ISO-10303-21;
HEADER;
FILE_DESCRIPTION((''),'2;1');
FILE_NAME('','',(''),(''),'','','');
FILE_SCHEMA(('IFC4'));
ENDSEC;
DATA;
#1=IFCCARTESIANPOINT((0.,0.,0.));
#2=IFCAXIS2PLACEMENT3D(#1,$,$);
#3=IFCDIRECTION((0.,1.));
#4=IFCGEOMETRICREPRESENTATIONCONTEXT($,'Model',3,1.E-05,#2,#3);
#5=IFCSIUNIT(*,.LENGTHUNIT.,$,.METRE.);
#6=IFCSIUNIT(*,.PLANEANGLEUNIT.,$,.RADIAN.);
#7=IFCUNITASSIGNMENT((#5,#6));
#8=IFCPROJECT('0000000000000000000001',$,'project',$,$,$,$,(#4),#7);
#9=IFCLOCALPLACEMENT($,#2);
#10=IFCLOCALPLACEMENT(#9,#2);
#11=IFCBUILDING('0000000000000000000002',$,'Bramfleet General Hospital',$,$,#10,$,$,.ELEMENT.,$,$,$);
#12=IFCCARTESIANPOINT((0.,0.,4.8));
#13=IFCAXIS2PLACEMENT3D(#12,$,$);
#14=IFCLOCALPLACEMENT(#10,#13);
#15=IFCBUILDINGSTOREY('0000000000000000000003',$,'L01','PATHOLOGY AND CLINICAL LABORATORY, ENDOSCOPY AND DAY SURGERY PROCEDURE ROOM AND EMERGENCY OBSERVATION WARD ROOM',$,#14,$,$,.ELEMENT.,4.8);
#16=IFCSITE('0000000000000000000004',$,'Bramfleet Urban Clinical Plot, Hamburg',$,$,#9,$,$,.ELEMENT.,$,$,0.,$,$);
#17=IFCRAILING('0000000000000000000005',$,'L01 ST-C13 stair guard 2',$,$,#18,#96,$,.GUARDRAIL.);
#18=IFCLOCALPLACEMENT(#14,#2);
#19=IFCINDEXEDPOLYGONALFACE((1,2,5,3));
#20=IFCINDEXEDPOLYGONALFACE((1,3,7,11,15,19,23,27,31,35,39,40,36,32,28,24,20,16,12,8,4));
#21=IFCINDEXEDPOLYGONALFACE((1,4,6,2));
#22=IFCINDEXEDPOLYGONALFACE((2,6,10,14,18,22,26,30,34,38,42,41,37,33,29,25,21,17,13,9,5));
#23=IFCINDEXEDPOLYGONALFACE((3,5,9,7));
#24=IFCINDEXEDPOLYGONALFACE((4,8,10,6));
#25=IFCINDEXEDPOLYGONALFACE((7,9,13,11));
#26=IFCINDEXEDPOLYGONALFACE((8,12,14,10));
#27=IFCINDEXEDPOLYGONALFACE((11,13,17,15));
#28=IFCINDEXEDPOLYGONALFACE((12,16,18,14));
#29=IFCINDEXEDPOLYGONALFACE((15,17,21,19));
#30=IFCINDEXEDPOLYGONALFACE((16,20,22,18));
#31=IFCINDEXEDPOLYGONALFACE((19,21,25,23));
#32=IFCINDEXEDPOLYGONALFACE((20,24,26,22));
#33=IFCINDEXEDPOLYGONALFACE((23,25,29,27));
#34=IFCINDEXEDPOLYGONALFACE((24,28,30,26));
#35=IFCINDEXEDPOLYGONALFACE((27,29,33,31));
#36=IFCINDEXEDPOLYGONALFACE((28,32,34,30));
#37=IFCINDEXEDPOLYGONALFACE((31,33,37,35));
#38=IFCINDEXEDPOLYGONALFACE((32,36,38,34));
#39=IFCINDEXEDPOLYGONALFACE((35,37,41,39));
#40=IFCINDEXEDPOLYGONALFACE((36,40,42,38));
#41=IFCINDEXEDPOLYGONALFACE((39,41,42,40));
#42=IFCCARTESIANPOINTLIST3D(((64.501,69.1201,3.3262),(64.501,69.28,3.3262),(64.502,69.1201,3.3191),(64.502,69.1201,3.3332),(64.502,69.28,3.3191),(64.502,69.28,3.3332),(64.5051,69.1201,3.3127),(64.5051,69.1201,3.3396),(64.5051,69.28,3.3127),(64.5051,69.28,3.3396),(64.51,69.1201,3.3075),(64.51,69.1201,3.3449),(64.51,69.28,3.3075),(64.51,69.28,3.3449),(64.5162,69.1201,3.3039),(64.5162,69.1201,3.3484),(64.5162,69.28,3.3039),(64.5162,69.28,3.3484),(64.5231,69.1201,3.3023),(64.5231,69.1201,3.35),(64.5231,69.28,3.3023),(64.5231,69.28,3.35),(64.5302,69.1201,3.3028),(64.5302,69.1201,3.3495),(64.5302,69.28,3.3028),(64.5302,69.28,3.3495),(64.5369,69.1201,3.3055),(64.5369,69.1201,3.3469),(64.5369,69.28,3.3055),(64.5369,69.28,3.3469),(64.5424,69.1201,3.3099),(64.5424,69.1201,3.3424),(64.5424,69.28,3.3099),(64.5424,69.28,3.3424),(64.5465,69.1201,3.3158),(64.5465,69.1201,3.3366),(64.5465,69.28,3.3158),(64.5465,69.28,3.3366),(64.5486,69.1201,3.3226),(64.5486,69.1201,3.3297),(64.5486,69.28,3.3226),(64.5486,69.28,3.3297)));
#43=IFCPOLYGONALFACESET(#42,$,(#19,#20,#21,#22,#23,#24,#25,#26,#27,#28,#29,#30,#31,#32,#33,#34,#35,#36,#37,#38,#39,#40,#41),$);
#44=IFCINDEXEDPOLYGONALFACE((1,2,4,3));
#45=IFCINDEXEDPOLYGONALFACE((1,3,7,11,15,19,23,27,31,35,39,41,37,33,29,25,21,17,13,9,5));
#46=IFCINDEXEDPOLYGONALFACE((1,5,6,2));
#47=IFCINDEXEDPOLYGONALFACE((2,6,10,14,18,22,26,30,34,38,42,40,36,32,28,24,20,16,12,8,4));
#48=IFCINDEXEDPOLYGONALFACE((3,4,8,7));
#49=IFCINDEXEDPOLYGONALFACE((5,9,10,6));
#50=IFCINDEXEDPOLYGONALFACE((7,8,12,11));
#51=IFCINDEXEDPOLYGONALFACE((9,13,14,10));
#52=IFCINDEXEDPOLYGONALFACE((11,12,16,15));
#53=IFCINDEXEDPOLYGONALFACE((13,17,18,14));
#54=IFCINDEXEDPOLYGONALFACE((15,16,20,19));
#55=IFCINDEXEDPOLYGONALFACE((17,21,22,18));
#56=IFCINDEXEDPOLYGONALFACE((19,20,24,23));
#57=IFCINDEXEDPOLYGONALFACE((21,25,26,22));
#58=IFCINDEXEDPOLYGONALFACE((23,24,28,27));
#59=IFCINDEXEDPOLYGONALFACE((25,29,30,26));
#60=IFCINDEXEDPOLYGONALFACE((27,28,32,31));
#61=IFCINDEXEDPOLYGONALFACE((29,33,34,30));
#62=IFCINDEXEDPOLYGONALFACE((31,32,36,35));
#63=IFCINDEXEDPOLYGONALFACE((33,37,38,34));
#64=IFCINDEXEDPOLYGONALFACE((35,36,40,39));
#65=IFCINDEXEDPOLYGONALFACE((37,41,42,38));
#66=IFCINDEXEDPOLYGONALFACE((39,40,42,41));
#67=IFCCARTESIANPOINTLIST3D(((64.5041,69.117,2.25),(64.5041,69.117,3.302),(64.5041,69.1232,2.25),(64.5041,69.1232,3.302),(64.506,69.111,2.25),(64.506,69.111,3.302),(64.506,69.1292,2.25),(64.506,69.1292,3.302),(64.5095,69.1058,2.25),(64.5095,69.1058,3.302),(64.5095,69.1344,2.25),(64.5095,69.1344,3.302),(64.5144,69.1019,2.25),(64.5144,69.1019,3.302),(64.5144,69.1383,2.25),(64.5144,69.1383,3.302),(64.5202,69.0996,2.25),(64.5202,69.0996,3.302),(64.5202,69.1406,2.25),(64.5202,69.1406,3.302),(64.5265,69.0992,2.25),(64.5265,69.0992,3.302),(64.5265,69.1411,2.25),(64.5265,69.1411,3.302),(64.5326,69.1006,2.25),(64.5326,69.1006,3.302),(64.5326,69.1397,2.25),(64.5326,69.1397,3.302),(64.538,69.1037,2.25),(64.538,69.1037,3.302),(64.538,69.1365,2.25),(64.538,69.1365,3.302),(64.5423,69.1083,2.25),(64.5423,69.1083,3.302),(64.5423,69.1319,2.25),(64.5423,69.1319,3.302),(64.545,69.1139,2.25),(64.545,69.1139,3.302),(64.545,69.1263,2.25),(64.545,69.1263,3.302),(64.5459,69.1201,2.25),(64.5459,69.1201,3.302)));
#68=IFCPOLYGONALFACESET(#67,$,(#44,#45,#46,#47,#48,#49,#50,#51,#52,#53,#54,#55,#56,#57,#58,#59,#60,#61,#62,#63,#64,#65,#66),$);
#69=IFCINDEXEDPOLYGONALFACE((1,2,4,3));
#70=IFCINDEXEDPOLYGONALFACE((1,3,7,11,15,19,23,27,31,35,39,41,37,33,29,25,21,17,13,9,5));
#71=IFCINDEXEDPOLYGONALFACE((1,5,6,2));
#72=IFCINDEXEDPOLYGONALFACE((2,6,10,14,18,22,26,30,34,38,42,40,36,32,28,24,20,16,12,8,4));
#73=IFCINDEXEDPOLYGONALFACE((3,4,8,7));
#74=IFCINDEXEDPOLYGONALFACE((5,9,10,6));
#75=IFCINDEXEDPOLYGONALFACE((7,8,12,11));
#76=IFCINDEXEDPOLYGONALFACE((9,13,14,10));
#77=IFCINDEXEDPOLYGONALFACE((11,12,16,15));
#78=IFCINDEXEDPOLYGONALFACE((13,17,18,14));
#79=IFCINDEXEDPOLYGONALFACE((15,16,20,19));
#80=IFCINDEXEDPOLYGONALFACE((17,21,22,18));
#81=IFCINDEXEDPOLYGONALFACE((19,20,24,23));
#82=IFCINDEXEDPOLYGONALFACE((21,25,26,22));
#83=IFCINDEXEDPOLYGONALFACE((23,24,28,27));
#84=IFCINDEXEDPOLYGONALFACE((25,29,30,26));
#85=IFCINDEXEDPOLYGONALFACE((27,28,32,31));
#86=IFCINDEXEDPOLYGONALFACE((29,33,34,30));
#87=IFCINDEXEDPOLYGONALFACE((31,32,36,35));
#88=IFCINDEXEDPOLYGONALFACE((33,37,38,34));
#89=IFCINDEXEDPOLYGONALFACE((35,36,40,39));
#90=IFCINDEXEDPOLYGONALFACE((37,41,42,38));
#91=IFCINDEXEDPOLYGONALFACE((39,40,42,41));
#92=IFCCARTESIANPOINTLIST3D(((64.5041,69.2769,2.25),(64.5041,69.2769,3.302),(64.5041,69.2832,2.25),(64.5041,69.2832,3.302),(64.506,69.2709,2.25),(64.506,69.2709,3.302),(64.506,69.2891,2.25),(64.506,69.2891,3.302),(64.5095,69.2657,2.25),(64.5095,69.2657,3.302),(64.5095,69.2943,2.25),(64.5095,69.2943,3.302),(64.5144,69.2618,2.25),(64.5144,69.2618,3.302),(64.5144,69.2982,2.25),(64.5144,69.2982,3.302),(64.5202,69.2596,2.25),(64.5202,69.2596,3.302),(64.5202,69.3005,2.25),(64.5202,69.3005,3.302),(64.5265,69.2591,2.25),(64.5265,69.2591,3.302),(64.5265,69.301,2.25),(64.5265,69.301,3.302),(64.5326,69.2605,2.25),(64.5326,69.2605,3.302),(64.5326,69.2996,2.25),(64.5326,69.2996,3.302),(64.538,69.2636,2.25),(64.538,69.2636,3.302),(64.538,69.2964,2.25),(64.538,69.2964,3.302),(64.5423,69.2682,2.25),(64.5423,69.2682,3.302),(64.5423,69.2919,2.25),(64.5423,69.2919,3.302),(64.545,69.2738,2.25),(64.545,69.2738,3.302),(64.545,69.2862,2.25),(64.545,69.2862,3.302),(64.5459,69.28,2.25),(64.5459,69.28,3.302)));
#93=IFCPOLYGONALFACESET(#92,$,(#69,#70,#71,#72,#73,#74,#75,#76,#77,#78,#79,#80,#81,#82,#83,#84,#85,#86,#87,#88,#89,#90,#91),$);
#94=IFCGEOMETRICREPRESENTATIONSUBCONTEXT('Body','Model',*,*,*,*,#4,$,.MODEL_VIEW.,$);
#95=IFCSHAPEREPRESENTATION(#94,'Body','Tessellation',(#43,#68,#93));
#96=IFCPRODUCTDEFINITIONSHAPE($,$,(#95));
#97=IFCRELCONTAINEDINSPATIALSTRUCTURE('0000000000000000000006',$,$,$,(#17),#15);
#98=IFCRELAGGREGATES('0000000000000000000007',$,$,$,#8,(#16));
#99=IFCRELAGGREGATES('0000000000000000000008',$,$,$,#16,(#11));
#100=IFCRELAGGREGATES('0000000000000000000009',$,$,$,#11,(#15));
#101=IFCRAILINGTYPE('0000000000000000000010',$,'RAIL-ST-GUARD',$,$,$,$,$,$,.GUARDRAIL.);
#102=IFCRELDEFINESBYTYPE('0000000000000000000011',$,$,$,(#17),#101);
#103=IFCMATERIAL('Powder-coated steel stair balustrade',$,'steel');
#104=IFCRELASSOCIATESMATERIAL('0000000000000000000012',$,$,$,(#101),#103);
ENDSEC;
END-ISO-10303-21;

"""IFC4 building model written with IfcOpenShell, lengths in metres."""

from ifc_helpers import new_model, si_unit, direction, frame, origin, origin_2d, place, context, subcontext, project, spatial, circle, extrude, material, type_object, element, save


model = new_model("IFC4")

# Units and contexts
model_context = context("Model", 3, precision=1e-05, world=origin(), true_north=direction((0.0, 1.0)))
body_context = subcontext(model_context, "Body", "Model", "MODEL_VIEW")
ifc_project = project(units=[si_unit("LENGTHUNIT", "METRE"), si_unit("PLANEANGLEUNIT", "RADIAN")], contexts=[model_context])

# Site, building, storey
site_placement = place(None, origin())
site = spatial("IfcSite", under=ifc_project, at=site_placement, Name="Bramfleet Urban Clinical Plot, Hamburg", CompositionType="ELEMENT", RefElevation=0.0)
building_placement = place(site_placement, origin())
building = spatial("IfcBuilding", under=site, at=building_placement, Name="Bramfleet General Hospital", CompositionType="ELEMENT")
storey_placement = place(building_placement, frame((0.0, 0.0, 4.8)))
storey = spatial("IfcBuildingStorey", under=building, at=storey_placement, Name="L01", Description="PATHOLOGY AND CLINICAL LABORATORY, ENDOSCOPY AND DAY SURGERY PROCEDURE ROOM AND EMERGENCY OBSERVATION WARD ROOM", CompositionType="ELEMENT", Elevation=4.8)

# Railing
ifc_material_1 = material(Name="Powder-coated steel stair balustrade", Category="steel")
railing_type_1 = type_object("IfcRailingType", Name="RAIL-ST-GUARD", PredefinedType="GUARDRAIL", material=ifc_material_1)
railing_1_placement = place(storey_placement, frame((64.5249, 69.1201, 2.25)))
element("IfcRailing", 1, at=railing_1_placement, inside=storey, type_object=railing_type_1, Name="L01 ST-C13 stair guard 2", PredefinedType="GUARDRAIL", context=body_context, shape_type="SweptSolid", body=[
    extrude(circle(Radius=0.0239, at=origin_2d()), frame((0.0, 0.0, 1.0762), z_axis=(0.0, 1.0, 0.0), x_axis=(-1.0, 0.0, 0.0)), (0.0, 0.0, 1.0), 0.1599),
    extrude(circle(Radius=0.021, at=origin_2d()), origin(), (0.0, 0.0, 1.0), 1.052),
    extrude(circle(Radius=0.021, at=origin_2d()), frame((0.0, 0.1599, 0.0)), (0.0, 0.0, 1.0), 1.052),
])

save(model, "model.ifc")
